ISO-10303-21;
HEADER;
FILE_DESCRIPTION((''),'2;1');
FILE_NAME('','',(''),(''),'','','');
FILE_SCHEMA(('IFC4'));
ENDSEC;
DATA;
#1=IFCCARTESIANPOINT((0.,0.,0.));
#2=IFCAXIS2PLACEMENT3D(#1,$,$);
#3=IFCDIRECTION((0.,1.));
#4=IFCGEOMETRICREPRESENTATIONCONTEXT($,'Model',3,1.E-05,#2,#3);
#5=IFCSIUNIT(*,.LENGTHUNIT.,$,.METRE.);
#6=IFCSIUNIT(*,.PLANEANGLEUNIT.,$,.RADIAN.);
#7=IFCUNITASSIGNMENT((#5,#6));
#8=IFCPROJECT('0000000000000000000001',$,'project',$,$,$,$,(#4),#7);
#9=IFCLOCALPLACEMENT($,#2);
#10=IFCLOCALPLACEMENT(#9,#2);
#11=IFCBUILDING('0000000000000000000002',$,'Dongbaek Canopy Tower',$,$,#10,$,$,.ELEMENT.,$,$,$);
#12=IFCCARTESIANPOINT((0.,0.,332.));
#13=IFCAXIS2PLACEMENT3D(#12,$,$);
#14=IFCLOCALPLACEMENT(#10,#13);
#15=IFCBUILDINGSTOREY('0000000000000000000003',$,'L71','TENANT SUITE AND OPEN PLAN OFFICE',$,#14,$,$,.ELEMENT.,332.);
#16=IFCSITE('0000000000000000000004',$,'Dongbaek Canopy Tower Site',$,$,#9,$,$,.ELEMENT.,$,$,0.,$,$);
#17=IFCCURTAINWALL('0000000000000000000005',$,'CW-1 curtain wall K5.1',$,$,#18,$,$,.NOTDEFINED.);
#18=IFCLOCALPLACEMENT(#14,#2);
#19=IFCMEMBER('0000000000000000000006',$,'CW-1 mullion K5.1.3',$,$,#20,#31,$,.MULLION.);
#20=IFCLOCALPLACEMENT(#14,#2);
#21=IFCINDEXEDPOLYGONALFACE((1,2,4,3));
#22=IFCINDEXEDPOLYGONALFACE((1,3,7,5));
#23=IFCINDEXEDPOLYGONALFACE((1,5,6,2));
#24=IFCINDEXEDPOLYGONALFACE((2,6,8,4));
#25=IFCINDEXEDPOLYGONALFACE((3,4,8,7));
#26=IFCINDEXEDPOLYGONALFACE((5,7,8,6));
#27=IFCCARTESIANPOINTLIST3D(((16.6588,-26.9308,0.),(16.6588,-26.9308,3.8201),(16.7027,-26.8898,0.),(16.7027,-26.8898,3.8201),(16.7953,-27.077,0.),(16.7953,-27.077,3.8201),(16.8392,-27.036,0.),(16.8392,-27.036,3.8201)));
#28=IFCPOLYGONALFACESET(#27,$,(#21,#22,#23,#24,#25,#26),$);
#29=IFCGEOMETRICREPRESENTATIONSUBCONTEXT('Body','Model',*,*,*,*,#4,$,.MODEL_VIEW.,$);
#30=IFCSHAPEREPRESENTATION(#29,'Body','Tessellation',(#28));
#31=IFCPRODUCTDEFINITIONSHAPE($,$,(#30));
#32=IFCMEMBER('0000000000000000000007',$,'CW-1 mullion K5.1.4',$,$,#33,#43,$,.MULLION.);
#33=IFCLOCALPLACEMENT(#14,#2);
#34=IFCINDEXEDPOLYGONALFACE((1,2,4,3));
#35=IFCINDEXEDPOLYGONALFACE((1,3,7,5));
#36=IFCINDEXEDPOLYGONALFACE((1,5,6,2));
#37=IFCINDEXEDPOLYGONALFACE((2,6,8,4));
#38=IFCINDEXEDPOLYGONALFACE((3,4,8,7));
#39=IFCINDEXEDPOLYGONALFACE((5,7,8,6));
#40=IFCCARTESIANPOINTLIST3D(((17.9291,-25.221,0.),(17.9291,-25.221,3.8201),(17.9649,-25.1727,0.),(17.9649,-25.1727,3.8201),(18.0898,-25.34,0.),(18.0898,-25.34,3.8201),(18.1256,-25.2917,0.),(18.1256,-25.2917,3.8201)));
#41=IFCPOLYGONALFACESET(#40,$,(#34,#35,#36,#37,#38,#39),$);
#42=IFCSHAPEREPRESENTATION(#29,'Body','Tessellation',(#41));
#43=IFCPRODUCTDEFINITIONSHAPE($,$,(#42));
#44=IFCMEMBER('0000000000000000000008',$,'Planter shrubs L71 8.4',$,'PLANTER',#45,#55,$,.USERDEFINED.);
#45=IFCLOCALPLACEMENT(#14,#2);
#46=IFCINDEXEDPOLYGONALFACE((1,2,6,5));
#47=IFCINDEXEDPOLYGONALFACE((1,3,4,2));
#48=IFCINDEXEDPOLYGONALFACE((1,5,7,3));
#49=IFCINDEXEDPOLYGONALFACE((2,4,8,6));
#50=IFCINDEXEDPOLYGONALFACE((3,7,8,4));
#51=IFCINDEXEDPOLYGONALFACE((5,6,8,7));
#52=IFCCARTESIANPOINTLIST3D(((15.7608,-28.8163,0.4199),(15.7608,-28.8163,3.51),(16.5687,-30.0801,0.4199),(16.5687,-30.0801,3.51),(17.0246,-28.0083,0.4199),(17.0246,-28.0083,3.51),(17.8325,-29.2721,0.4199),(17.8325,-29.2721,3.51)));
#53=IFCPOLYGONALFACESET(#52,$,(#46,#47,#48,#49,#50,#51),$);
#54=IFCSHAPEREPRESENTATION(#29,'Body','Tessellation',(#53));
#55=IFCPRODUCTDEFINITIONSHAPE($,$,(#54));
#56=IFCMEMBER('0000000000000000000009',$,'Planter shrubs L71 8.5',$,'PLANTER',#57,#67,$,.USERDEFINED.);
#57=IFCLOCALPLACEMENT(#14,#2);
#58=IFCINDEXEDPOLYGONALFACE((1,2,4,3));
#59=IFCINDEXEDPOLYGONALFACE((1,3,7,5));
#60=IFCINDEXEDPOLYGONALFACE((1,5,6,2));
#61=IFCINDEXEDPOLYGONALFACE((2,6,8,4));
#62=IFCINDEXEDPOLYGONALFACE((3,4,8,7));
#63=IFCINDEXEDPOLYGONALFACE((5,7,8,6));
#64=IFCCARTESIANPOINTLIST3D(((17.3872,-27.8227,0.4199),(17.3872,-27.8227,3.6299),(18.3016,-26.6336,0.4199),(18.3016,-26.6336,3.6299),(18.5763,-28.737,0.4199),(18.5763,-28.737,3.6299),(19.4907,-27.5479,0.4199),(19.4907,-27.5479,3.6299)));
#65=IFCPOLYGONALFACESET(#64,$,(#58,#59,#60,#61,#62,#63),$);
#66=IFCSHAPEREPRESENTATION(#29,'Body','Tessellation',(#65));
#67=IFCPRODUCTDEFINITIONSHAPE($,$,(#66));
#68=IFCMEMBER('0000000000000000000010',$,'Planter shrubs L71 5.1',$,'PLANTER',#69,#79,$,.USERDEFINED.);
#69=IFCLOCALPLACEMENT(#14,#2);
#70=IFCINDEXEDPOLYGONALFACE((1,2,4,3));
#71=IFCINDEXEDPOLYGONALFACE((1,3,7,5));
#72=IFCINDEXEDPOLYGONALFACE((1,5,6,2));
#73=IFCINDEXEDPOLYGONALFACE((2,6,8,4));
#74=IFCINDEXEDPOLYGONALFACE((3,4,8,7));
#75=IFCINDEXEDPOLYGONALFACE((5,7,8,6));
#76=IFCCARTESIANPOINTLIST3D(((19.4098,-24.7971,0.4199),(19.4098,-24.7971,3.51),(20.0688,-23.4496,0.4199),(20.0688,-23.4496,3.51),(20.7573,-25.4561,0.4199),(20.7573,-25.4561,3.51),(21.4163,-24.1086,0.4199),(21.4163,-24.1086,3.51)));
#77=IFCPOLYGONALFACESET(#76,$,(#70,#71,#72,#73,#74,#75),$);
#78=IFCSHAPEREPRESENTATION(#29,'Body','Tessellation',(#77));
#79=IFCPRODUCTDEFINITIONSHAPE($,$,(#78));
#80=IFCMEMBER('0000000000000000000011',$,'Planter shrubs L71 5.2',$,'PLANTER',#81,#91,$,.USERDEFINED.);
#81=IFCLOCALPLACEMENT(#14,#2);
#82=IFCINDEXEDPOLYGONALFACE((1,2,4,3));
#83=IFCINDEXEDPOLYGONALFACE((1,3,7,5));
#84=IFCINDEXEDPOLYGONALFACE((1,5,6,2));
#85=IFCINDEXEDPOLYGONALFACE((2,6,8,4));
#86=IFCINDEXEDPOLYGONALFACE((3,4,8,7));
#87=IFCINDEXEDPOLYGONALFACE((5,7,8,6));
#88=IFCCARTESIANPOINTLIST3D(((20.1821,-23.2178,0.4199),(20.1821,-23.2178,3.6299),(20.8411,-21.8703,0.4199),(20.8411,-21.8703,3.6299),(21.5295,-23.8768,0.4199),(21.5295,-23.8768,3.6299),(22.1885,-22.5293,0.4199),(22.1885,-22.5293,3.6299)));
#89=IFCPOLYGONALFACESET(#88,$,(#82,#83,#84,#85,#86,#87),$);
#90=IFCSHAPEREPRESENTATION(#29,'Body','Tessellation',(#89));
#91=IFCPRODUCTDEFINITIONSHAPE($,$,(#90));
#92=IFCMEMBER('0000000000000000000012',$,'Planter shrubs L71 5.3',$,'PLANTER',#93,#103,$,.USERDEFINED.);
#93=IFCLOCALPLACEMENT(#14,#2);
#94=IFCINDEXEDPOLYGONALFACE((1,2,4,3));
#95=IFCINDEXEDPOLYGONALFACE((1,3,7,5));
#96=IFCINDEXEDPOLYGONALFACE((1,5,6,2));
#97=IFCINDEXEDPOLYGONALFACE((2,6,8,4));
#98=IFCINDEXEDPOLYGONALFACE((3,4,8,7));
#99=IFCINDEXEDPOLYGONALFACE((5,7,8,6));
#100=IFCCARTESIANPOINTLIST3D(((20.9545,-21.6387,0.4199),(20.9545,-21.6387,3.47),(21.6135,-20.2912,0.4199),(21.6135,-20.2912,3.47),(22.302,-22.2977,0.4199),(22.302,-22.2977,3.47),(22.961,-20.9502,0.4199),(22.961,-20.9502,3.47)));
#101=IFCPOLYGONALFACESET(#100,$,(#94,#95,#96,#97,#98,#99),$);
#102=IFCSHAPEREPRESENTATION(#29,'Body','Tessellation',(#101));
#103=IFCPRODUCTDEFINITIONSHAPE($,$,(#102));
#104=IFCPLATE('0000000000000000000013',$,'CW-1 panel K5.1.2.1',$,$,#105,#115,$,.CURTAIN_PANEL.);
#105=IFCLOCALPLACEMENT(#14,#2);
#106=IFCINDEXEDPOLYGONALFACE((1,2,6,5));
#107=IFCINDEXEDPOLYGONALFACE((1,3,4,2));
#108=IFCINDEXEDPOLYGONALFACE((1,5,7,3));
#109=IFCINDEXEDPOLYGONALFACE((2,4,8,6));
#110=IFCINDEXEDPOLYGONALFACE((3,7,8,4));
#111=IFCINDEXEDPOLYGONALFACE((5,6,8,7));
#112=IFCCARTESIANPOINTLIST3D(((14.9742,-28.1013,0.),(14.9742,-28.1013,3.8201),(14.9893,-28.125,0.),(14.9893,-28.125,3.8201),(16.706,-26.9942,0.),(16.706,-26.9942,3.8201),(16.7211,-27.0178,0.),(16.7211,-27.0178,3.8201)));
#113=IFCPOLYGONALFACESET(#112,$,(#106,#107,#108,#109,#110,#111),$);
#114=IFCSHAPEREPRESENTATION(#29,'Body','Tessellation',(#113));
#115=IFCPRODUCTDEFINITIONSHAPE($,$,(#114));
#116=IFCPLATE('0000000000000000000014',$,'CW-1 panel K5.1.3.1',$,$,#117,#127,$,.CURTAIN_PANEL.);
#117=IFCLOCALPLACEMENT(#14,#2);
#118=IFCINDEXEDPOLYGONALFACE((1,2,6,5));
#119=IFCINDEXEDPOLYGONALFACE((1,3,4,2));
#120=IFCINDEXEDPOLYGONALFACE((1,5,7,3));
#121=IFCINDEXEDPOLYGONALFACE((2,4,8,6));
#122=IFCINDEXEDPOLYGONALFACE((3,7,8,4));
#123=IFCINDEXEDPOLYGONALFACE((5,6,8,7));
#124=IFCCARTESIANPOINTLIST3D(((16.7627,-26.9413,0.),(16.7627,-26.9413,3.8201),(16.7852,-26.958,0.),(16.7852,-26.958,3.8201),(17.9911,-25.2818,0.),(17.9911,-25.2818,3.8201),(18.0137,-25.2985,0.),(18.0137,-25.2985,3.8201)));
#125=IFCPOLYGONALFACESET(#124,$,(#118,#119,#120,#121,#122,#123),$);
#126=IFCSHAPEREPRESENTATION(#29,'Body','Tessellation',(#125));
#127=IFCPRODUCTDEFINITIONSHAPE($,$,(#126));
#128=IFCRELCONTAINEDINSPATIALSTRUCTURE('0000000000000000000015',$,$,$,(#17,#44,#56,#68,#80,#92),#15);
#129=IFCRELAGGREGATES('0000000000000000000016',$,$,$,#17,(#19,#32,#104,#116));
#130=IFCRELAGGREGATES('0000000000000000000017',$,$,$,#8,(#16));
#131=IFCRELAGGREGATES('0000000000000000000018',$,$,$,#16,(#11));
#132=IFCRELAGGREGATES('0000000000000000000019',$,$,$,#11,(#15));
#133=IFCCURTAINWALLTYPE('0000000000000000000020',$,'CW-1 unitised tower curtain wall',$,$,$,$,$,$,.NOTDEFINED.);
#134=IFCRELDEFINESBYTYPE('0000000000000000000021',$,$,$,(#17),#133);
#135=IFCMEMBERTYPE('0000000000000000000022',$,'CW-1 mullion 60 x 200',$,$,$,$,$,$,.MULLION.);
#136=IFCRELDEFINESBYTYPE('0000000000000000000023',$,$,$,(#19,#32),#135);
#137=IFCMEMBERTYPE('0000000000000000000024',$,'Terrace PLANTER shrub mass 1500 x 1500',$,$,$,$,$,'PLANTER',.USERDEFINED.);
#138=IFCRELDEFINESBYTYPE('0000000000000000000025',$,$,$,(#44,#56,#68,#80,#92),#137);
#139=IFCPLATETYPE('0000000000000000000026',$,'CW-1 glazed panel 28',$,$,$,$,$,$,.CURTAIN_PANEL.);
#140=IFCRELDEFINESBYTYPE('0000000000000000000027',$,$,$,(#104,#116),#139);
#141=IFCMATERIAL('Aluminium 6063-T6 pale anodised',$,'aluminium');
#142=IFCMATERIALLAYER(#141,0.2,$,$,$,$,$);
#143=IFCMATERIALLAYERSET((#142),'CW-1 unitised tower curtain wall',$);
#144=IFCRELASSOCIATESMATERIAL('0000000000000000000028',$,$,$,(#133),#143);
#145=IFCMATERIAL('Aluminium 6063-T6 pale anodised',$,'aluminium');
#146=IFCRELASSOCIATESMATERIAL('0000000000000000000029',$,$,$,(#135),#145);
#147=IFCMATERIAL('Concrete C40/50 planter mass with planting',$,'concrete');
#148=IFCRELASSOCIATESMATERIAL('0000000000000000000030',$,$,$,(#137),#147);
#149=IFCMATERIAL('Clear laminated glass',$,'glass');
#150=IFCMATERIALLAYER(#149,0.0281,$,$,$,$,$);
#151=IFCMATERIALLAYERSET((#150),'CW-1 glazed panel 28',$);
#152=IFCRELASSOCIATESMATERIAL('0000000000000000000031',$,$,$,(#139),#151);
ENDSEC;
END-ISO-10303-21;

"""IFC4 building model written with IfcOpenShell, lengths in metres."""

from ifc_helpers import new_model, si_unit, direction, frame, origin, origin_2d, place, context, subcontext, project, spatial, rectangle, extrude, material, layer, layer_set, material_profile, profile_set, type_object, element, aggregate, save


model = new_model("IFC4")

# Units and contexts
model_context = context("Model", 3, precision=1e-05, world=origin(), true_north=direction((0.0, 1.0)))
body_context = subcontext(model_context, "Body", "Model", "MODEL_VIEW")
ifc_project = project(units=[si_unit("LENGTHUNIT", "METRE"), si_unit("PLANEANGLEUNIT", "RADIAN")], contexts=[model_context])

# Site, building, storey
site_placement = place(None, origin())
site = spatial("IfcSite", under=ifc_project, at=site_placement, Name="Dongbaek Canopy Tower Site", CompositionType="ELEMENT", RefElevation=0.0)
building_placement = place(site_placement, origin())
building = spatial("IfcBuilding", under=site, at=building_placement, Name="Dongbaek Canopy Tower", CompositionType="ELEMENT")
storey_placement = place(building_placement, frame((0.0, 0.0, 332.0)))
storey = spatial("IfcBuildingStorey", under=building, at=storey_placement, Name="L71", Description="TENANT SUITE AND OPEN PLAN OFFICE", CompositionType="ELEMENT", Elevation=332.0)

# Curtain wall, members
ifc_material_1 = material(Name="Aluminium 6063-T6 pale anodised", Category="aluminium")
ifc_layer_1 = layer(ifc_material_1, 0.2)
ifc_layer_set_1 = layer_set([ifc_layer_1], Name="CW-1 unitised tower curtain wall")
curtain_wall_type = type_object("IfcCurtainWallType", Name="CW-1 unitised tower curtain wall", PredefinedType="NOTDEFINED", material=ifc_layer_set_1)
curtain_wall_placement = place(storey_placement, origin())
curtain_wall = element("IfcCurtainWall", 1, at=curtain_wall_placement, inside=storey, type_object=curtain_wall_type, Name="CW-1 curtain wall K5.1", PredefinedType="NOTDEFINED")
ifc_material_2 = material(Name="Aluminium 6063-T6 pale anodised", Category="aluminium")
ifc_material_profile_1 = material_profile(ifc_material_2, rectangle(XDim=0.2, YDim=0.0601, at=origin_2d()), Name="CW-1 mullion 60 x 200")
ifc_profile_set_1 = profile_set([ifc_material_profile_1], Name="Aluminium 6063-T6 pale anodised")
member_type_1 = type_object("IfcMemberType", Name="CW-1 mullion 60 x 200", PredefinedType="MULLION", material=ifc_profile_set_1)
member_1_placement = place(storey_placement, frame((16.749, -26.9834, 0.0), z_axis=(0.0, 0.0, 1.0), x_axis=(0.682504, -0.730882, 0.0)))
member_1 = element("IfcMember", 2, at=member_1_placement, type_object=member_type_1, Name="CW-1 mullion K5.1.3", PredefinedType="MULLION", context=body_context, shape_type="SweptSolid", body=[
    extrude(rectangle(XDim=0.2, YDim=0.0601, at=origin_2d()), origin(), (0.0, 0.0, 1.0), 3.8201),
])
member_2_placement = place(storey_placement, frame((18.0273, -25.2563, 0.0), z_axis=(0.0, 0.0, 1.0), x_axis=(0.803743, -0.594977, 0.0)))
member_2 = element("IfcMember", 3, at=member_2_placement, type_object=member_type_1, Name="CW-1 mullion K5.1.4", PredefinedType="MULLION", context=body_context, shape_type="SweptSolid", body=[
    extrude(rectangle(XDim=0.2, YDim=0.0601, at=origin_2d()), origin(), (0.0, 0.0, 1.0), 3.8201),
])

# Members
ifc_material_3 = material(Name="Concrete C40/50 planter mass with planting", Category="concrete")
ifc_material_profile_2 = material_profile(ifc_material_3, rectangle(XDim=1.5, YDim=1.5, at=origin_2d()), Name="Terrace PLANTER shrub mass 1500 x 1500")
ifc_profile_set_2 = profile_set([ifc_material_profile_2], Name="Concrete C40/50 planter mass with planting")
member_type_2 = type_object("IfcMemberType", Name="Terrace PLANTER shrub mass 1500 x 1500", ElementType="PLANTER", PredefinedType="USERDEFINED", material=ifc_profile_set_2)
member_3_placement = place(storey_placement, frame((16.7966, -29.0442, 0.4199), z_axis=(0.0, 0.0, 1.0), x_axis=(0.538627, -0.842544, 0.0)))
element("IfcMember", 4, at=member_3_placement, inside=storey, type_object=member_type_2, Name="Planter shrubs L71 8.4", ObjectType="PLANTER", PredefinedType="USERDEFINED", context=body_context, shape_type="SweptSolid", body=[
    extrude(rectangle(XDim=1.5, YDim=1.5, at=origin_2d()), origin(), (0.0, 0.0, 1.0), 3.0901),
])
member_4_placement = place(storey_placement, frame((18.439, -27.6853, 0.4199), z_axis=(0.0, 0.0, 1.0), x_axis=(0.792732, -0.609571, 0.0)))
element("IfcMember", 5, at=member_4_placement, inside=storey, type_object=member_type_2, Name="Planter shrubs L71 8.5", ObjectType="PLANTER", PredefinedType="USERDEFINED", context=body_context, shape_type="SweptSolid", body=[
    extrude(rectangle(XDim=1.5, YDim=1.5, at=origin_2d()), origin(), (0.0, 0.0, 1.0), 3.21),
])
member_5_placement = place(storey_placement, frame((20.4131, -24.4529, 0.4199), z_axis=(0.0, 0.0, 1.0), x_axis=(0.898322, -0.439337, 0.0)))
element("IfcMember", 6, at=member_5_placement, inside=storey, type_object=member_type_2, Name="Planter shrubs L71 5.1", ObjectType="PLANTER", PredefinedType="USERDEFINED", context=body_context, shape_type="SweptSolid", body=[
    extrude(rectangle(XDim=1.5, YDim=1.5, at=origin_2d()), origin(), (0.0, 0.0, 1.0), 3.0901),
])
member_6_placement = place(storey_placement, frame((21.1853, -22.8735, 0.4199), z_axis=(0.0, 0.0, 1.0), x_axis=(0.898322, -0.439337, 0.0)))
element("IfcMember", 7, at=member_6_placement, inside=storey, type_object=member_type_2, Name="Planter shrubs L71 5.2", ObjectType="PLANTER", PredefinedType="USERDEFINED", context=body_context, shape_type="SweptSolid", body=[
    extrude(rectangle(XDim=1.5, YDim=1.5, at=origin_2d()), origin(), (0.0, 0.0, 1.0), 3.21),
])
member_7_placement = place(storey_placement, frame((21.9578, -21.2944, 0.4199), z_axis=(0.0, 0.0, 1.0), x_axis=(0.898322, -0.439337, 0.0)))
element("IfcMember", 8, at=member_7_placement, inside=storey, type_object=member_type_2, Name="Planter shrubs L71 5.3", ObjectType="PLANTER", PredefinedType="USERDEFINED", context=body_context, shape_type="SweptSolid", body=[
    extrude(rectangle(XDim=1.5, YDim=1.5, at=origin_2d()), origin(), (0.0, 0.0, 1.0), 3.05),
])

# Plates
ifc_material_4 = material(Name="Clear laminated glass", Category="glass")
ifc_layer_2 = layer(ifc_material_4, 0.0281)
ifc_layer_set_2 = layer_set([ifc_layer_2], Name="CW-1 glazed panel 28")
plate_type = type_object("IfcPlateType", Name="CW-1 glazed panel 28", PredefinedType="CURTAIN_PANEL", material=ifc_layer_set_2)
plate_1_placement = place(storey_placement, frame((15.8477, -27.5596, 0.0), z_axis=(0.0, 0.0, 1.0), x_axis=(0.842544, 0.538627, 0.0)))
plate_1 = element("IfcPlate", 9, at=plate_1_placement, type_object=plate_type, Name="CW-1 panel K5.1.2.1", PredefinedType="CURTAIN_PANEL", context=body_context, shape_type="SweptSolid", body=[
    extrude(rectangle(XDim=2.0554, YDim=0.0281, at=origin_2d()), origin(), (0.0, 0.0, 1.0), 3.8201),
])
plate_2_placement = place(storey_placement, frame((17.3882, -26.1199, 0.0), z_axis=(0.0, 0.0, 1.0), x_axis=(0.594977, 0.803743, 0.0)))
plate_2 = element("IfcPlate", 10, at=plate_2_placement, type_object=plate_type, Name="CW-1 panel K5.1.3.1", PredefinedType="CURTAIN_PANEL", context=body_context, shape_type="SweptSolid", body=[
    extrude(rectangle(XDim=2.0647, YDim=0.0281, at=origin_2d()), origin(), (0.0, 0.0, 1.0), 3.8201),
])
aggregate(curtain_wall, [member_1, member_2, plate_1, plate_2])

save(model, "model.ifc")
